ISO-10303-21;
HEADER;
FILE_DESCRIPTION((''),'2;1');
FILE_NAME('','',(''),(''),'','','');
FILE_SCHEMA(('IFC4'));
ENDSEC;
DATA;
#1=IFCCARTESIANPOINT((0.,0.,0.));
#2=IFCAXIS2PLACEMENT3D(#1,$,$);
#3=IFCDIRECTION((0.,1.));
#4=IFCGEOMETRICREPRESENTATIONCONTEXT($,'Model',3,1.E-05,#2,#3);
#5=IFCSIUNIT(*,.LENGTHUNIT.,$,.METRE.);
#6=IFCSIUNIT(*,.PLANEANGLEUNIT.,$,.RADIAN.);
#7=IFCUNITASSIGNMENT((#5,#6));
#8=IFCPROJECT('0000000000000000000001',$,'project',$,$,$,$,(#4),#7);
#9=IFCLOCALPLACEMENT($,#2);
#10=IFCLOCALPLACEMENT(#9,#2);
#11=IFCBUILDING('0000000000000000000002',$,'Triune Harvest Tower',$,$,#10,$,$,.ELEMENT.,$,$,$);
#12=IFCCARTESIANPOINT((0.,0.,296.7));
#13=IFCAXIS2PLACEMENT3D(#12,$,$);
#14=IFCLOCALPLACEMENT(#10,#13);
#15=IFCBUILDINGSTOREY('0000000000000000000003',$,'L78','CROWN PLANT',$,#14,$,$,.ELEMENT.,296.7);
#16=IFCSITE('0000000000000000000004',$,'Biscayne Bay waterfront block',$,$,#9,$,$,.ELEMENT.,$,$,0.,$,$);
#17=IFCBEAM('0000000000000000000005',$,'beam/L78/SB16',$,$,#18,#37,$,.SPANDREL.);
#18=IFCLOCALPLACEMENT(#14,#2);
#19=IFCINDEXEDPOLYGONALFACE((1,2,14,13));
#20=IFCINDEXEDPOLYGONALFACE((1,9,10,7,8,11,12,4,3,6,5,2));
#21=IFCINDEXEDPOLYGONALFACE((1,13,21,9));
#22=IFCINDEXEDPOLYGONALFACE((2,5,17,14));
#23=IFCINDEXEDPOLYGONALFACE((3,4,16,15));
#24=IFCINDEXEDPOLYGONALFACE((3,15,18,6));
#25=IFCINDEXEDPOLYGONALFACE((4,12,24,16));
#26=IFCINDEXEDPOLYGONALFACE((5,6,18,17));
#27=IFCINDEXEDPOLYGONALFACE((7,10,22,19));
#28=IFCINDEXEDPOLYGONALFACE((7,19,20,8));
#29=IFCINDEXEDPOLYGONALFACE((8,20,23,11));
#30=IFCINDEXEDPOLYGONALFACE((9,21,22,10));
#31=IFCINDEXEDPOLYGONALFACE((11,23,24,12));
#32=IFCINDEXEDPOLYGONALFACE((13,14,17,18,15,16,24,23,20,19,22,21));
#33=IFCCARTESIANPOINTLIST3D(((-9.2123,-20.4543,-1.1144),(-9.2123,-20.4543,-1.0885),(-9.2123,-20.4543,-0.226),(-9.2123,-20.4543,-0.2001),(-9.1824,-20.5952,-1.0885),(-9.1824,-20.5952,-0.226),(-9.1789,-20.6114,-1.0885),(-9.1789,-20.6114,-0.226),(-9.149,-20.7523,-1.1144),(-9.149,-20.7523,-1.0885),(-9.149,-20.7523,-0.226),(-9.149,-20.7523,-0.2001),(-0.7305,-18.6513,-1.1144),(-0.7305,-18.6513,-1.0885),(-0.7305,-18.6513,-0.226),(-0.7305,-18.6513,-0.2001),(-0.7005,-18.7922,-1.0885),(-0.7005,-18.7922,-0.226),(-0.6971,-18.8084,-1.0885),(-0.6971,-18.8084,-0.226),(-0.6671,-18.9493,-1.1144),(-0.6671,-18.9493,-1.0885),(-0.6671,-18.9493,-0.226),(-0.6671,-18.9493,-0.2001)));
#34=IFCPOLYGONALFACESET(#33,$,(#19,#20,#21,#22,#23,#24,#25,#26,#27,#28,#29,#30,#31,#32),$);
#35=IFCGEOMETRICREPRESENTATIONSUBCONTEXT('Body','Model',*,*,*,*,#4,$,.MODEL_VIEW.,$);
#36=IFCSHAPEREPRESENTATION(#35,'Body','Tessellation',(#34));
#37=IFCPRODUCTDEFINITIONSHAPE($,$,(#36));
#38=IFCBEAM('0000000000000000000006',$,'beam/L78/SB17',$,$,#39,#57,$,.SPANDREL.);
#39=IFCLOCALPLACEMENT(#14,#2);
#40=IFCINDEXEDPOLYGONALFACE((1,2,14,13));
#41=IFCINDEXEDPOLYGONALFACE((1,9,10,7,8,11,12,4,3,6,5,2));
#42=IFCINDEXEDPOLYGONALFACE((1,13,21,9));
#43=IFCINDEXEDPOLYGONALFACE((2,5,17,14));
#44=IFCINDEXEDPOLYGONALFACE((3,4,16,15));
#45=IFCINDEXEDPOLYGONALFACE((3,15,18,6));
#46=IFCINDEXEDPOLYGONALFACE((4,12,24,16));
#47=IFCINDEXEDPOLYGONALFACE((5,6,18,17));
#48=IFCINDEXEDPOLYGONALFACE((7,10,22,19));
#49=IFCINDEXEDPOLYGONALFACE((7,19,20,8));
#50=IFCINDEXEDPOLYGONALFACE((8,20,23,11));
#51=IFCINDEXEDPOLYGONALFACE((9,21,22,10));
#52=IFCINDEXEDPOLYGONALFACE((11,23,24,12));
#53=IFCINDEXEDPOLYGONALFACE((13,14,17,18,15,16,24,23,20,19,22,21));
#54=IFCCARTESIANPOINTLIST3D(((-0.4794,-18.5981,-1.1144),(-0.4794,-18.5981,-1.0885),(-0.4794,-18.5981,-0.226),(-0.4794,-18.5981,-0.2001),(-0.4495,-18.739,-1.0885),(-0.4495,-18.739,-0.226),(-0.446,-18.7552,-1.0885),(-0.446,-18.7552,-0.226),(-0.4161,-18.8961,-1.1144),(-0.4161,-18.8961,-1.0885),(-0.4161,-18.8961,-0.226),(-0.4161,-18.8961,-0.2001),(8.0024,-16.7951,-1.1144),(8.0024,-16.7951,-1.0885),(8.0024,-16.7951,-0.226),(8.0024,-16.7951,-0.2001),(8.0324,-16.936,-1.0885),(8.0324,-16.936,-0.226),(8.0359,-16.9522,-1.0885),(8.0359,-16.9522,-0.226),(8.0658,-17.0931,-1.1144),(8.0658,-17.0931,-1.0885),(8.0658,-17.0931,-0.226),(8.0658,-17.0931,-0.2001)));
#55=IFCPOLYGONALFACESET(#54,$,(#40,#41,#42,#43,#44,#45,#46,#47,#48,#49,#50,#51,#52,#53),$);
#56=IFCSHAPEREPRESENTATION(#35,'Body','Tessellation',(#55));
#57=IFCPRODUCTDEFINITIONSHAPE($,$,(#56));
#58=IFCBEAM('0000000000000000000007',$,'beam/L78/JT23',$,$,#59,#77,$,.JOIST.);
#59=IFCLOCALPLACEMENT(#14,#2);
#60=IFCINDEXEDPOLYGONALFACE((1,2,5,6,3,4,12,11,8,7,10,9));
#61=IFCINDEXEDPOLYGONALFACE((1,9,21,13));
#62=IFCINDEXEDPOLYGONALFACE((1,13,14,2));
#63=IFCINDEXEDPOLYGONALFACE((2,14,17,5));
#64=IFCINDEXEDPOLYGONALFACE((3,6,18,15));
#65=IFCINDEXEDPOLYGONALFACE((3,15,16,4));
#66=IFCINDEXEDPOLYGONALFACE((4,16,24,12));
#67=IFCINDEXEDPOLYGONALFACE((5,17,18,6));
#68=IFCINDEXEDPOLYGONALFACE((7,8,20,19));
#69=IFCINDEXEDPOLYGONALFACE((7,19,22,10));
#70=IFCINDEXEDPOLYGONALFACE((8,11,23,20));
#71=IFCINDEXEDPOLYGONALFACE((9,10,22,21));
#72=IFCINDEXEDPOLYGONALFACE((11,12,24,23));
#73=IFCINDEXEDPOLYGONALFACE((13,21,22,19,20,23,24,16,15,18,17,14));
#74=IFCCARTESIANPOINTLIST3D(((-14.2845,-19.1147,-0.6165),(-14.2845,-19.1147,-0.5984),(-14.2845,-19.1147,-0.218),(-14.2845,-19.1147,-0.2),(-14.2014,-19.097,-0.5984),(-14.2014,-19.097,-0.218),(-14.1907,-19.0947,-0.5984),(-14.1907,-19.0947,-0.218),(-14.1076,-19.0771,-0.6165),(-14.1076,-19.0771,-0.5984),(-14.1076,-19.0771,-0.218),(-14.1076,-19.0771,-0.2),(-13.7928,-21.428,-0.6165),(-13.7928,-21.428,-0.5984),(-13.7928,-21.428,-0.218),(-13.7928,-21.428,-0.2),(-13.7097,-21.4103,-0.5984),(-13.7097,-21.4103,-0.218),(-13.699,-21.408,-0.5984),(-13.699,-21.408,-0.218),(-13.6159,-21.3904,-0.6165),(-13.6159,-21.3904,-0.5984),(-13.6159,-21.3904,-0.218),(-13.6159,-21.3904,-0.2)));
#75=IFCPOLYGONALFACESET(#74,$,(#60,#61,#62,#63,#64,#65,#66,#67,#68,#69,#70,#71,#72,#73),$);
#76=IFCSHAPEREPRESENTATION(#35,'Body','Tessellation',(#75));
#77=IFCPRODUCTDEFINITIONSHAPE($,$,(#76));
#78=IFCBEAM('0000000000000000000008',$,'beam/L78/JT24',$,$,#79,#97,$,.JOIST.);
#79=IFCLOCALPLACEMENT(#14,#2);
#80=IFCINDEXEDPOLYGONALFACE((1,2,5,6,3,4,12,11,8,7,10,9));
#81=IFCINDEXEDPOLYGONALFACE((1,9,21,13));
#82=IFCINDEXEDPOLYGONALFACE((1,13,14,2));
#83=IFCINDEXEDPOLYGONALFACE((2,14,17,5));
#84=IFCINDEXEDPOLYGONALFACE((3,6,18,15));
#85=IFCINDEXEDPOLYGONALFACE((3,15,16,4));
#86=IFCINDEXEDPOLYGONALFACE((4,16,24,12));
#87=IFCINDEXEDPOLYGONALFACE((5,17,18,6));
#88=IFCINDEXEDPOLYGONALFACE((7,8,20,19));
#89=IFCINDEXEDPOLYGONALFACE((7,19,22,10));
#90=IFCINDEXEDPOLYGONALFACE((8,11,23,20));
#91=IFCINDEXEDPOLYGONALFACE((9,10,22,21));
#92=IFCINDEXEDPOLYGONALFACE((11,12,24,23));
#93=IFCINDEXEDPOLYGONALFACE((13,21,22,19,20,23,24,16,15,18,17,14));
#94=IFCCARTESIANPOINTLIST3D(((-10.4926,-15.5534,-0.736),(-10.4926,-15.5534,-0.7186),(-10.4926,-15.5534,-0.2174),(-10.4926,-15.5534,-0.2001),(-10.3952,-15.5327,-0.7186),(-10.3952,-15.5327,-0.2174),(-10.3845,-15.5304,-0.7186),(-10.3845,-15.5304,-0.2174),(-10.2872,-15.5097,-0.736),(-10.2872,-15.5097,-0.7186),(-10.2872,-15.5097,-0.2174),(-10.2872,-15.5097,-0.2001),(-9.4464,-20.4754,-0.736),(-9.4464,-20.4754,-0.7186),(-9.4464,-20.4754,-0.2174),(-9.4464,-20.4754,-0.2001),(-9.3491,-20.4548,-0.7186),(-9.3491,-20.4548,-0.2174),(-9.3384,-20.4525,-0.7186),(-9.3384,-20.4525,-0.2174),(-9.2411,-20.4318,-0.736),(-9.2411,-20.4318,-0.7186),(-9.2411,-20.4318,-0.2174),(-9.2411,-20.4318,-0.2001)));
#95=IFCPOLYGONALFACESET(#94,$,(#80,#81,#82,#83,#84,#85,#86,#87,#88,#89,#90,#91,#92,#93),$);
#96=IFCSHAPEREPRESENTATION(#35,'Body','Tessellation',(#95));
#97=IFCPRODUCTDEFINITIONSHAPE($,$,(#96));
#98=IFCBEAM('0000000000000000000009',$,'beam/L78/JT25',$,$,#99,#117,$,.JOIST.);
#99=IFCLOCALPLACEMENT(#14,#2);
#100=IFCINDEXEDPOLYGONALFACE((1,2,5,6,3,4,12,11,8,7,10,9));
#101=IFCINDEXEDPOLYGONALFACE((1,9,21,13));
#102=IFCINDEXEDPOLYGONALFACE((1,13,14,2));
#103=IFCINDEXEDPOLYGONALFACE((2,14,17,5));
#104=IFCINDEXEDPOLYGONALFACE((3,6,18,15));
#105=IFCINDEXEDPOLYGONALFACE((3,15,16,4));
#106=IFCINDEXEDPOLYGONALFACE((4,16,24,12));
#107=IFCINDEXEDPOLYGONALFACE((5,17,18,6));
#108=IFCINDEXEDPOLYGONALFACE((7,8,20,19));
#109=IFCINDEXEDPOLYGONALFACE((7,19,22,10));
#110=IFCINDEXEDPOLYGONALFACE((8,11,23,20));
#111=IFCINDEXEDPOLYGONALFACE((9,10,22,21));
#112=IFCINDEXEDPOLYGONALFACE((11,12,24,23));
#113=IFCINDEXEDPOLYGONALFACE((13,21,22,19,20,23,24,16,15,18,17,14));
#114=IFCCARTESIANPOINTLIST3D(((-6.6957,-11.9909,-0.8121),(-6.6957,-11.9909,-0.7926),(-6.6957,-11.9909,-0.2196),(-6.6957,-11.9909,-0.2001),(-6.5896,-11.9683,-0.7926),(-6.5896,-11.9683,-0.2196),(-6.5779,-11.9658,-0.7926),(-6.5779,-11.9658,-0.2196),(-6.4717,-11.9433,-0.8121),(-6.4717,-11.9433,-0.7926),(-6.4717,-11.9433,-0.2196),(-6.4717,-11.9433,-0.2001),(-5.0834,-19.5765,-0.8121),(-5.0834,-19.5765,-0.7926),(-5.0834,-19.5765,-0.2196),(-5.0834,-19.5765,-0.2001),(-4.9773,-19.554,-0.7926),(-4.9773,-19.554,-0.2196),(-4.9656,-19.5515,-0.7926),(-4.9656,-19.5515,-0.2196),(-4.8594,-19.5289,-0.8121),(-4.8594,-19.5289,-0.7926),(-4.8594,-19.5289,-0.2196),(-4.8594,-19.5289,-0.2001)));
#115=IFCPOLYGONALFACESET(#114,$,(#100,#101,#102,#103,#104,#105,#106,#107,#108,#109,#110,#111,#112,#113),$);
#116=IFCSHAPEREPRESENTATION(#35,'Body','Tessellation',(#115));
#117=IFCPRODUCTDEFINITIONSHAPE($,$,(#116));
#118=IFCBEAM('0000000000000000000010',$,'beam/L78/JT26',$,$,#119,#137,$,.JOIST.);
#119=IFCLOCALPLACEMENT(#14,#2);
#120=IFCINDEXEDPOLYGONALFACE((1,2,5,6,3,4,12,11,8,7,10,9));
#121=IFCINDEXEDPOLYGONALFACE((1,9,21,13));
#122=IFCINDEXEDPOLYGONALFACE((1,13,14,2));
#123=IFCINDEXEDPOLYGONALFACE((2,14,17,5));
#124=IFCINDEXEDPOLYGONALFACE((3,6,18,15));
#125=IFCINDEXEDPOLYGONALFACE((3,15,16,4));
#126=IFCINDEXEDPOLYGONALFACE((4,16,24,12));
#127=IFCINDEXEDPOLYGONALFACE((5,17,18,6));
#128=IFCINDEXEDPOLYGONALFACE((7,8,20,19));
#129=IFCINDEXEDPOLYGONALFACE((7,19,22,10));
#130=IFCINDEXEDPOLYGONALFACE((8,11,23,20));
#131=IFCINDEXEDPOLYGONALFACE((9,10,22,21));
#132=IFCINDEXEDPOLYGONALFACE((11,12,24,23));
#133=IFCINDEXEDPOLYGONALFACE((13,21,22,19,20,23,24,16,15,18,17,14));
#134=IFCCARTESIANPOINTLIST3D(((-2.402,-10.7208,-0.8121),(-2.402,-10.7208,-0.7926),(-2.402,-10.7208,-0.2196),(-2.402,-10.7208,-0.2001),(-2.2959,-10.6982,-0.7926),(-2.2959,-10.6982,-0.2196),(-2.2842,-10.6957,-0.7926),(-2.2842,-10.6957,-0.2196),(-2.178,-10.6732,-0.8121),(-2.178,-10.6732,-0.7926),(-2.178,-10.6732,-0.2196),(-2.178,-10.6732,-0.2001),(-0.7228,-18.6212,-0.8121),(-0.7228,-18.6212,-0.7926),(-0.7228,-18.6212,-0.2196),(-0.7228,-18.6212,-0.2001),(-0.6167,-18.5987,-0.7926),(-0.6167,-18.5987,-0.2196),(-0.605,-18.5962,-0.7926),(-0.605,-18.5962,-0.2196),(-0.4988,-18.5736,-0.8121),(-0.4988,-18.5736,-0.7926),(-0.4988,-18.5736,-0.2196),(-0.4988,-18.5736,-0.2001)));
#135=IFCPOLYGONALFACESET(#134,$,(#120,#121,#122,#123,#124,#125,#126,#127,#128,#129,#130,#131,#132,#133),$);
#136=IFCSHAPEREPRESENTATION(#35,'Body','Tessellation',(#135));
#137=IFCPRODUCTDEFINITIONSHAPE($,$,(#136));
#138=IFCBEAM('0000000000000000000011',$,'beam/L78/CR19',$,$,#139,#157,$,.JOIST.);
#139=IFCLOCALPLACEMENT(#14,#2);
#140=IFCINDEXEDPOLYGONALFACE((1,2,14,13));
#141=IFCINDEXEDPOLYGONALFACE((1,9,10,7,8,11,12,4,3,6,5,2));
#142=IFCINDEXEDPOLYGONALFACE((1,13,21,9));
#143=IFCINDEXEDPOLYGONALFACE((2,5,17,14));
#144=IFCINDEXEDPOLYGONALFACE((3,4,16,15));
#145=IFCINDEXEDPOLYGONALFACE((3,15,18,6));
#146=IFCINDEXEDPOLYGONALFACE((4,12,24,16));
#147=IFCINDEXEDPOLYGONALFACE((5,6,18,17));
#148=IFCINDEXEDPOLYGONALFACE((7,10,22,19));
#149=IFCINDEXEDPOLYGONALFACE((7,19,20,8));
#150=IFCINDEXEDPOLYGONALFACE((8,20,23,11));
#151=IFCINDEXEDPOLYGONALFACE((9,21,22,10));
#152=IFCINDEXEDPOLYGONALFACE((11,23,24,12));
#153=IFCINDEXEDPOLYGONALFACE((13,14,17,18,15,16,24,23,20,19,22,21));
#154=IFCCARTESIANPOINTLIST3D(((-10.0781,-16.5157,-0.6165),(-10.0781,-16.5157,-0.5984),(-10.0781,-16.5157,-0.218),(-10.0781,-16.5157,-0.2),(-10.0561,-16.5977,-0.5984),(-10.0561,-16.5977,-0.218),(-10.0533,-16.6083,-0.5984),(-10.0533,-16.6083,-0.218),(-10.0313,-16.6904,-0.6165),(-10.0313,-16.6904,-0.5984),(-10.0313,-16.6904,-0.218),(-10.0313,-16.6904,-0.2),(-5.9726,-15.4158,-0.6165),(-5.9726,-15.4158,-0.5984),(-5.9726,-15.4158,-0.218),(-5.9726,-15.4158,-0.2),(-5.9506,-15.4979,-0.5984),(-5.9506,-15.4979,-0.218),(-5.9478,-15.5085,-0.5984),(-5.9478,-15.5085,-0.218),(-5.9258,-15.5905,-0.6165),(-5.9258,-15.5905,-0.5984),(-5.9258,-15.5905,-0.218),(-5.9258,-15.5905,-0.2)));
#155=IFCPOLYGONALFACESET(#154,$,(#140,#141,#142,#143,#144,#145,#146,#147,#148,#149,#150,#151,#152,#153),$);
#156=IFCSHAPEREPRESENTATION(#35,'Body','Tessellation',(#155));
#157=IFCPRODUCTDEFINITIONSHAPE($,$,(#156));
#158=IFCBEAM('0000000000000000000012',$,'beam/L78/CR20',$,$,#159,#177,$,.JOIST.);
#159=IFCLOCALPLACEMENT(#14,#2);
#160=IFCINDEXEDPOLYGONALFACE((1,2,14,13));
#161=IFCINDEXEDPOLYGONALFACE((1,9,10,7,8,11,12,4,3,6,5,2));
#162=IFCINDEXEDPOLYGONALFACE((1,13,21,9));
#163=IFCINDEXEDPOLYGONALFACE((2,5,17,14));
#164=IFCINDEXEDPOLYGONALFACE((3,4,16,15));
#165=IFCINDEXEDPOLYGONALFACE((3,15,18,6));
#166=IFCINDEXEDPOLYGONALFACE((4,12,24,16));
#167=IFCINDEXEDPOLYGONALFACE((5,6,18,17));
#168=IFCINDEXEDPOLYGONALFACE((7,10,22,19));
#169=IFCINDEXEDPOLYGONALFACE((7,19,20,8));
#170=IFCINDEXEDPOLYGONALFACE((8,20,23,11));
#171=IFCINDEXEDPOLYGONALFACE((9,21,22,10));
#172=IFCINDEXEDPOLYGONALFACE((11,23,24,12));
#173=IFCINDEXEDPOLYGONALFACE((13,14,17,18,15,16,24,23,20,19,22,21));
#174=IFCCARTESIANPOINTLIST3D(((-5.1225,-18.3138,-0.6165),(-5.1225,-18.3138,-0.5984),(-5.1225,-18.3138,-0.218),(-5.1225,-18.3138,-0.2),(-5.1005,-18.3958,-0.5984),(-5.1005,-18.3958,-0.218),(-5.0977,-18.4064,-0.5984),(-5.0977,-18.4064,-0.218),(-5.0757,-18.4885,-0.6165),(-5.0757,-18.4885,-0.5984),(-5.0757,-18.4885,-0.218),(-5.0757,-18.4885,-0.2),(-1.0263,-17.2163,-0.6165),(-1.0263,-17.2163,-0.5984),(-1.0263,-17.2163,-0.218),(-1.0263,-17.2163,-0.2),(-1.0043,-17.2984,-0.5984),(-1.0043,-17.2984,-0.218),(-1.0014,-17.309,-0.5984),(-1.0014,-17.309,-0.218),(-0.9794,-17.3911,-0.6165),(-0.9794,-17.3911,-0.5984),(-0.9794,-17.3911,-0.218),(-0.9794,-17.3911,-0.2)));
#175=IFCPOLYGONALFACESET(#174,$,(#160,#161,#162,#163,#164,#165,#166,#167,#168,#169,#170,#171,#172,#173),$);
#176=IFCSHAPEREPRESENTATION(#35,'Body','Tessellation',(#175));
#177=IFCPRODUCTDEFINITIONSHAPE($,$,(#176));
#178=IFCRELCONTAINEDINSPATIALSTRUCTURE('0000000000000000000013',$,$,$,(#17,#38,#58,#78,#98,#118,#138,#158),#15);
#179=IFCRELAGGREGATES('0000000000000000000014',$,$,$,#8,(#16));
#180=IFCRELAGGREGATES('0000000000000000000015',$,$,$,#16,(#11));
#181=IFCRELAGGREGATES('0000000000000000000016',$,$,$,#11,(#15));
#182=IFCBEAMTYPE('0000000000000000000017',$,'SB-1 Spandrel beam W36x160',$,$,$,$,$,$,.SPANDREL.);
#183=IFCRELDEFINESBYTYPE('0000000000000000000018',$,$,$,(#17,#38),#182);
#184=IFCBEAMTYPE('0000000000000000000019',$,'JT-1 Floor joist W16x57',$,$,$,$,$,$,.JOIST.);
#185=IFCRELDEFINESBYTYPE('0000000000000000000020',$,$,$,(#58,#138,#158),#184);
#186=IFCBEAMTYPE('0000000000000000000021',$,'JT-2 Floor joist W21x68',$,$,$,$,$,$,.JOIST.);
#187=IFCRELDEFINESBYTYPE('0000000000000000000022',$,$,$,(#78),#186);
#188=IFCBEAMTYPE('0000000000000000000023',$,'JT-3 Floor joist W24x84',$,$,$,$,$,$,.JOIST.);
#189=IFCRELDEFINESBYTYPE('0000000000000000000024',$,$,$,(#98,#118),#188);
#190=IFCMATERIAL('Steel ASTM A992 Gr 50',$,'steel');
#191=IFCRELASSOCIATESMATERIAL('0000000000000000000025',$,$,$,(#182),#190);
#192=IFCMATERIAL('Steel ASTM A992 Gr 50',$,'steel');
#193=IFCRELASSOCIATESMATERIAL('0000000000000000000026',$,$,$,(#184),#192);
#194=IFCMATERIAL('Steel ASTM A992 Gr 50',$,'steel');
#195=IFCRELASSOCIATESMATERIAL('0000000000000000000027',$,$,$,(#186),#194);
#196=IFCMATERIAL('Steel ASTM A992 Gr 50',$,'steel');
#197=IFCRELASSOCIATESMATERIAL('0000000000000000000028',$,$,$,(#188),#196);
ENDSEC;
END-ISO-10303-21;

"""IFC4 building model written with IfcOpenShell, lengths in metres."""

from ifc_helpers import new_model, si_unit, direction, frame, origin, origin_2d, place, context, subcontext, project, spatial, i_section, extrude, source, transform, mapped, material, material_profile, profile_set, type_object, element, save


model = new_model("IFC4")

# Units and contexts
model_context = context("Model", 3, precision=1e-05, world=origin(), true_north=direction((0.0, 1.0)))
body_context = subcontext(model_context, "Body", "Model", "MODEL_VIEW")
ifc_project = project(units=[si_unit("LENGTHUNIT", "METRE"), si_unit("PLANEANGLEUNIT", "RADIAN")], contexts=[model_context])

# Site, building, storey
site_placement = place(None, origin())
site = spatial("IfcSite", under=ifc_project, at=site_placement, Name="Biscayne Bay waterfront block", CompositionType="ELEMENT", RefElevation=0.0)
building_placement = place(site_placement, origin())
building = spatial("IfcBuilding", under=site, at=building_placement, Name="Triune Harvest Tower", CompositionType="ELEMENT")
storey_placement = place(building_placement, frame((0.0, 0.0, 296.7)))
storey = spatial("IfcBuildingStorey", under=building, at=storey_placement, Name="L78", Description="CROWN PLANT", CompositionType="ELEMENT", Elevation=296.7)

# Beams
ifc_material_1 = material(Name="Steel ASTM A992 Gr 50", Category="steel")
ifc_material_profile_1 = material_profile(ifc_material_1, i_section(OverallWidth=0.3047, OverallDepth=0.9143, WebThickness=0.0166, FlangeThickness=0.0259, at=origin_2d()), Name="W36x160")
ifc_profile_set_1 = profile_set([ifc_material_profile_1], Name="Steel ASTM A992 Gr 50")
beam_type_1 = type_object("IfcBeamType", Name="SB-1 Spandrel beam W36x160", PredefinedType="SPANDREL", material=ifc_profile_set_1)
shared_shape_1 = source(origin(), body_context, "Body", "SweptSolid", [
    extrude(i_section(OverallWidth=0.3047, OverallDepth=0.9143, WebThickness=0.0166, FlangeThickness=0.0259, at=origin_2d()), origin(), (0.0, 0.0, 1.0), 8.6714),
])
for number, where, z_axis, x_axis, name in (
    (1, (-9.1807, -20.6033, -0.6572), (0.978146, 0.207921, 0.0), (-0.207921, 0.978146, 0.0), "beam/L78/SB16"),
    (2, (-0.4478, -18.7471, -0.6572), (0.978146, 0.207921, 0.0), (-0.207921, 0.978146, 0.0), "beam/L78/SB17"),
):
    element("IfcBeam", number, at=place(storey_placement, frame(where, z_axis=z_axis, x_axis=x_axis)), inside=storey, type_object=beam_type_1, Name=name, PredefinedType="SPANDREL", context=body_context, shape_type="MappedRepresentation", body=[
        mapped(shared_shape_1, transform((0.0, 0.0, 0.0), scale=1.0)),
    ])
ifc_material_2 = material(Name="Steel ASTM A992 Gr 50", Category="steel")
ifc_material_profile_2 = material_profile(ifc_material_2, i_section(OverallWidth=0.1809, OverallDepth=0.4165, WebThickness=0.011, FlangeThickness=0.0181, at=origin_2d()), Name="W16x57")
ifc_profile_set_2 = profile_set([ifc_material_profile_2], Name="Steel ASTM A992 Gr 50")
beam_type_2 = type_object("IfcBeamType", Name="JT-1 Floor joist W16x57", PredefinedType="JOIST", material=ifc_profile_set_2)
shared_shape_2 = source(origin(), body_context, "Body", "SweptSolid", [
    extrude(i_section(OverallWidth=0.1809, OverallDepth=0.4165, WebThickness=0.011, FlangeThickness=0.0181, at=origin_2d()), origin(), (0.0, 0.0, 1.0), 2.365),
])
beam_1_placement = place(storey_placement, frame((-13.7043, -21.4092, -0.4082), z_axis=(-0.207914, 0.978147, 0.0), x_axis=(-0.978147, -0.207914, 0.0)))
element("IfcBeam", 3, at=beam_1_placement, inside=storey, type_object=beam_type_2, Name="beam/L78/JT23", PredefinedType="JOIST", context=body_context, shape_type="MappedRepresentation", body=[
    mapped(shared_shape_2, transform((0.0, 0.0, 0.0), scale=1.0)),
])
ifc_material_3 = material(Name="Steel ASTM A992 Gr 50", Category="steel")
ifc_material_profile_3 = material_profile(ifc_material_3, i_section(OverallWidth=0.21, OverallDepth=0.5359, WebThickness=0.011, FlangeThickness=0.0173, at=origin_2d()), Name="W21x68")
ifc_profile_set_3 = profile_set([ifc_material_profile_3], Name="Steel ASTM A992 Gr 50")
beam_type_3 = type_object("IfcBeamType", Name="JT-2 Floor joist W21x68", PredefinedType="JOIST", material=ifc_profile_set_3)
shared_shape_3 = source(origin(), body_context, "Body", "SweptSolid", [
    extrude(i_section(OverallWidth=0.21, OverallDepth=0.5359, WebThickness=0.011, FlangeThickness=0.0173, at=origin_2d()), origin(), (0.0, 0.0, 1.0), 5.032),
])
beam_2_placement = place(storey_placement, frame((-9.3438, -20.4536, -0.468), z_axis=(-0.207895, 0.978151, 0.0), x_axis=(-0.978151, -0.207895, 0.0)))
element("IfcBeam", 4, at=beam_2_placement, inside=storey, type_object=beam_type_3, Name="beam/L78/JT24", PredefinedType="JOIST", context=body_context, shape_type="MappedRepresentation", body=[
    mapped(shared_shape_3, transform((0.0, 0.0, 0.0), scale=1.0)),
])
ifc_material_4 = material(Name="Steel ASTM A992 Gr 50", Category="steel")
ifc_material_profile_4 = material_profile(ifc_material_4, i_section(OverallWidth=0.229, OverallDepth=0.6121, WebThickness=0.012, FlangeThickness=0.0195, at=origin_2d()), Name="W24x84")
ifc_profile_set_4 = profile_set([ifc_material_profile_4], Name="Steel ASTM A992 Gr 50")
beam_type_4 = type_object("IfcBeamType", Name="JT-3 Floor joist W24x84", PredefinedType="JOIST", material=ifc_profile_set_4)
shared_shape_4 = source(origin(), body_context, "Body", "SweptSolid", [
    extrude(i_section(OverallWidth=0.229, OverallDepth=0.6121, WebThickness=0.012, FlangeThickness=0.0195, at=origin_2d()), origin(), (0.0, 0.0, 1.0), 7.7551),
])
beam_3_placement = place(storey_placement, frame((-4.9714, -19.5527, -0.5061), z_axis=(-0.207901, 0.97815, 0.0), x_axis=(-0.97815, -0.207901, 0.0)))
element("IfcBeam", 5, at=beam_3_placement, inside=storey, type_object=beam_type_4, Name="beam/L78/JT25", PredefinedType="JOIST", context=body_context, shape_type="MappedRepresentation", body=[
    mapped(shared_shape_4, transform((0.0, 0.0, 0.0), scale=1.0)),
])
shared_shape_5 = source(origin(), body_context, "Body", "SweptSolid", [
    extrude(i_section(OverallWidth=0.229, OverallDepth=0.6121, WebThickness=0.012, FlangeThickness=0.0195, at=origin_2d()), origin(), (0.0, 0.0, 1.0), 8.0769),
])
beam_4_placement = place(storey_placement, frame((-0.6108, -18.5974, -0.5061), z_axis=(-0.207902, 0.97815, 0.0), x_axis=(-0.97815, -0.207902, 0.0)))
element("IfcBeam", 6, at=beam_4_placement, inside=storey, type_object=beam_type_4, Name="beam/L78/JT26", PredefinedType="JOIST", context=body_context, shape_type="MappedRepresentation", body=[
    mapped(shared_shape_5, transform((0.0, 0.0, 0.0), scale=1.0)),
])
shared_shape_6 = source(origin(), body_context, "Body", "SweptSolid", [
    extrude(i_section(OverallWidth=0.1809, OverallDepth=0.4165, WebThickness=0.011, FlangeThickness=0.0181, at=origin_2d()), origin(), (0.0, 0.0, 1.0), 4.2502),
])
beam_5_placement = place(storey_placement, frame((-10.0547, -16.603, -0.4082), z_axis=(0.965938, 0.258774, 0.0), x_axis=(-0.258774, 0.965938, 0.0)))
element("IfcBeam", 7, at=beam_5_placement, inside=storey, type_object=beam_type_2, Name="beam/L78/CR19", PredefinedType="JOIST", context=body_context, shape_type="MappedRepresentation", body=[
    mapped(shared_shape_6, transform((0.0, 0.0, 0.0), scale=1.0)),
])
shared_shape_7 = source(origin(), body_context, "Body", "SweptSolid", [
    extrude(i_section(OverallWidth=0.1809, OverallDepth=0.4165, WebThickness=0.011, FlangeThickness=0.0181, at=origin_2d()), origin(), (0.0, 0.0, 1.0), 4.2407),
])
beam_6_placement = place(storey_placement, frame((-5.0991, -18.4011, -0.4082), z_axis=(0.965935, 0.258784, 0.0), x_axis=(-0.258784, 0.965935, 0.0)))
element("IfcBeam", 8, at=beam_6_placement, inside=storey, type_object=beam_type_2, Name="beam/L78/CR20", PredefinedType="JOIST", context=body_context, shape_type="MappedRepresentation", body=[
    mapped(shared_shape_7, transform((0.0, 0.0, 0.0), scale=1.0)),
])

save(model, "model.ifc")
